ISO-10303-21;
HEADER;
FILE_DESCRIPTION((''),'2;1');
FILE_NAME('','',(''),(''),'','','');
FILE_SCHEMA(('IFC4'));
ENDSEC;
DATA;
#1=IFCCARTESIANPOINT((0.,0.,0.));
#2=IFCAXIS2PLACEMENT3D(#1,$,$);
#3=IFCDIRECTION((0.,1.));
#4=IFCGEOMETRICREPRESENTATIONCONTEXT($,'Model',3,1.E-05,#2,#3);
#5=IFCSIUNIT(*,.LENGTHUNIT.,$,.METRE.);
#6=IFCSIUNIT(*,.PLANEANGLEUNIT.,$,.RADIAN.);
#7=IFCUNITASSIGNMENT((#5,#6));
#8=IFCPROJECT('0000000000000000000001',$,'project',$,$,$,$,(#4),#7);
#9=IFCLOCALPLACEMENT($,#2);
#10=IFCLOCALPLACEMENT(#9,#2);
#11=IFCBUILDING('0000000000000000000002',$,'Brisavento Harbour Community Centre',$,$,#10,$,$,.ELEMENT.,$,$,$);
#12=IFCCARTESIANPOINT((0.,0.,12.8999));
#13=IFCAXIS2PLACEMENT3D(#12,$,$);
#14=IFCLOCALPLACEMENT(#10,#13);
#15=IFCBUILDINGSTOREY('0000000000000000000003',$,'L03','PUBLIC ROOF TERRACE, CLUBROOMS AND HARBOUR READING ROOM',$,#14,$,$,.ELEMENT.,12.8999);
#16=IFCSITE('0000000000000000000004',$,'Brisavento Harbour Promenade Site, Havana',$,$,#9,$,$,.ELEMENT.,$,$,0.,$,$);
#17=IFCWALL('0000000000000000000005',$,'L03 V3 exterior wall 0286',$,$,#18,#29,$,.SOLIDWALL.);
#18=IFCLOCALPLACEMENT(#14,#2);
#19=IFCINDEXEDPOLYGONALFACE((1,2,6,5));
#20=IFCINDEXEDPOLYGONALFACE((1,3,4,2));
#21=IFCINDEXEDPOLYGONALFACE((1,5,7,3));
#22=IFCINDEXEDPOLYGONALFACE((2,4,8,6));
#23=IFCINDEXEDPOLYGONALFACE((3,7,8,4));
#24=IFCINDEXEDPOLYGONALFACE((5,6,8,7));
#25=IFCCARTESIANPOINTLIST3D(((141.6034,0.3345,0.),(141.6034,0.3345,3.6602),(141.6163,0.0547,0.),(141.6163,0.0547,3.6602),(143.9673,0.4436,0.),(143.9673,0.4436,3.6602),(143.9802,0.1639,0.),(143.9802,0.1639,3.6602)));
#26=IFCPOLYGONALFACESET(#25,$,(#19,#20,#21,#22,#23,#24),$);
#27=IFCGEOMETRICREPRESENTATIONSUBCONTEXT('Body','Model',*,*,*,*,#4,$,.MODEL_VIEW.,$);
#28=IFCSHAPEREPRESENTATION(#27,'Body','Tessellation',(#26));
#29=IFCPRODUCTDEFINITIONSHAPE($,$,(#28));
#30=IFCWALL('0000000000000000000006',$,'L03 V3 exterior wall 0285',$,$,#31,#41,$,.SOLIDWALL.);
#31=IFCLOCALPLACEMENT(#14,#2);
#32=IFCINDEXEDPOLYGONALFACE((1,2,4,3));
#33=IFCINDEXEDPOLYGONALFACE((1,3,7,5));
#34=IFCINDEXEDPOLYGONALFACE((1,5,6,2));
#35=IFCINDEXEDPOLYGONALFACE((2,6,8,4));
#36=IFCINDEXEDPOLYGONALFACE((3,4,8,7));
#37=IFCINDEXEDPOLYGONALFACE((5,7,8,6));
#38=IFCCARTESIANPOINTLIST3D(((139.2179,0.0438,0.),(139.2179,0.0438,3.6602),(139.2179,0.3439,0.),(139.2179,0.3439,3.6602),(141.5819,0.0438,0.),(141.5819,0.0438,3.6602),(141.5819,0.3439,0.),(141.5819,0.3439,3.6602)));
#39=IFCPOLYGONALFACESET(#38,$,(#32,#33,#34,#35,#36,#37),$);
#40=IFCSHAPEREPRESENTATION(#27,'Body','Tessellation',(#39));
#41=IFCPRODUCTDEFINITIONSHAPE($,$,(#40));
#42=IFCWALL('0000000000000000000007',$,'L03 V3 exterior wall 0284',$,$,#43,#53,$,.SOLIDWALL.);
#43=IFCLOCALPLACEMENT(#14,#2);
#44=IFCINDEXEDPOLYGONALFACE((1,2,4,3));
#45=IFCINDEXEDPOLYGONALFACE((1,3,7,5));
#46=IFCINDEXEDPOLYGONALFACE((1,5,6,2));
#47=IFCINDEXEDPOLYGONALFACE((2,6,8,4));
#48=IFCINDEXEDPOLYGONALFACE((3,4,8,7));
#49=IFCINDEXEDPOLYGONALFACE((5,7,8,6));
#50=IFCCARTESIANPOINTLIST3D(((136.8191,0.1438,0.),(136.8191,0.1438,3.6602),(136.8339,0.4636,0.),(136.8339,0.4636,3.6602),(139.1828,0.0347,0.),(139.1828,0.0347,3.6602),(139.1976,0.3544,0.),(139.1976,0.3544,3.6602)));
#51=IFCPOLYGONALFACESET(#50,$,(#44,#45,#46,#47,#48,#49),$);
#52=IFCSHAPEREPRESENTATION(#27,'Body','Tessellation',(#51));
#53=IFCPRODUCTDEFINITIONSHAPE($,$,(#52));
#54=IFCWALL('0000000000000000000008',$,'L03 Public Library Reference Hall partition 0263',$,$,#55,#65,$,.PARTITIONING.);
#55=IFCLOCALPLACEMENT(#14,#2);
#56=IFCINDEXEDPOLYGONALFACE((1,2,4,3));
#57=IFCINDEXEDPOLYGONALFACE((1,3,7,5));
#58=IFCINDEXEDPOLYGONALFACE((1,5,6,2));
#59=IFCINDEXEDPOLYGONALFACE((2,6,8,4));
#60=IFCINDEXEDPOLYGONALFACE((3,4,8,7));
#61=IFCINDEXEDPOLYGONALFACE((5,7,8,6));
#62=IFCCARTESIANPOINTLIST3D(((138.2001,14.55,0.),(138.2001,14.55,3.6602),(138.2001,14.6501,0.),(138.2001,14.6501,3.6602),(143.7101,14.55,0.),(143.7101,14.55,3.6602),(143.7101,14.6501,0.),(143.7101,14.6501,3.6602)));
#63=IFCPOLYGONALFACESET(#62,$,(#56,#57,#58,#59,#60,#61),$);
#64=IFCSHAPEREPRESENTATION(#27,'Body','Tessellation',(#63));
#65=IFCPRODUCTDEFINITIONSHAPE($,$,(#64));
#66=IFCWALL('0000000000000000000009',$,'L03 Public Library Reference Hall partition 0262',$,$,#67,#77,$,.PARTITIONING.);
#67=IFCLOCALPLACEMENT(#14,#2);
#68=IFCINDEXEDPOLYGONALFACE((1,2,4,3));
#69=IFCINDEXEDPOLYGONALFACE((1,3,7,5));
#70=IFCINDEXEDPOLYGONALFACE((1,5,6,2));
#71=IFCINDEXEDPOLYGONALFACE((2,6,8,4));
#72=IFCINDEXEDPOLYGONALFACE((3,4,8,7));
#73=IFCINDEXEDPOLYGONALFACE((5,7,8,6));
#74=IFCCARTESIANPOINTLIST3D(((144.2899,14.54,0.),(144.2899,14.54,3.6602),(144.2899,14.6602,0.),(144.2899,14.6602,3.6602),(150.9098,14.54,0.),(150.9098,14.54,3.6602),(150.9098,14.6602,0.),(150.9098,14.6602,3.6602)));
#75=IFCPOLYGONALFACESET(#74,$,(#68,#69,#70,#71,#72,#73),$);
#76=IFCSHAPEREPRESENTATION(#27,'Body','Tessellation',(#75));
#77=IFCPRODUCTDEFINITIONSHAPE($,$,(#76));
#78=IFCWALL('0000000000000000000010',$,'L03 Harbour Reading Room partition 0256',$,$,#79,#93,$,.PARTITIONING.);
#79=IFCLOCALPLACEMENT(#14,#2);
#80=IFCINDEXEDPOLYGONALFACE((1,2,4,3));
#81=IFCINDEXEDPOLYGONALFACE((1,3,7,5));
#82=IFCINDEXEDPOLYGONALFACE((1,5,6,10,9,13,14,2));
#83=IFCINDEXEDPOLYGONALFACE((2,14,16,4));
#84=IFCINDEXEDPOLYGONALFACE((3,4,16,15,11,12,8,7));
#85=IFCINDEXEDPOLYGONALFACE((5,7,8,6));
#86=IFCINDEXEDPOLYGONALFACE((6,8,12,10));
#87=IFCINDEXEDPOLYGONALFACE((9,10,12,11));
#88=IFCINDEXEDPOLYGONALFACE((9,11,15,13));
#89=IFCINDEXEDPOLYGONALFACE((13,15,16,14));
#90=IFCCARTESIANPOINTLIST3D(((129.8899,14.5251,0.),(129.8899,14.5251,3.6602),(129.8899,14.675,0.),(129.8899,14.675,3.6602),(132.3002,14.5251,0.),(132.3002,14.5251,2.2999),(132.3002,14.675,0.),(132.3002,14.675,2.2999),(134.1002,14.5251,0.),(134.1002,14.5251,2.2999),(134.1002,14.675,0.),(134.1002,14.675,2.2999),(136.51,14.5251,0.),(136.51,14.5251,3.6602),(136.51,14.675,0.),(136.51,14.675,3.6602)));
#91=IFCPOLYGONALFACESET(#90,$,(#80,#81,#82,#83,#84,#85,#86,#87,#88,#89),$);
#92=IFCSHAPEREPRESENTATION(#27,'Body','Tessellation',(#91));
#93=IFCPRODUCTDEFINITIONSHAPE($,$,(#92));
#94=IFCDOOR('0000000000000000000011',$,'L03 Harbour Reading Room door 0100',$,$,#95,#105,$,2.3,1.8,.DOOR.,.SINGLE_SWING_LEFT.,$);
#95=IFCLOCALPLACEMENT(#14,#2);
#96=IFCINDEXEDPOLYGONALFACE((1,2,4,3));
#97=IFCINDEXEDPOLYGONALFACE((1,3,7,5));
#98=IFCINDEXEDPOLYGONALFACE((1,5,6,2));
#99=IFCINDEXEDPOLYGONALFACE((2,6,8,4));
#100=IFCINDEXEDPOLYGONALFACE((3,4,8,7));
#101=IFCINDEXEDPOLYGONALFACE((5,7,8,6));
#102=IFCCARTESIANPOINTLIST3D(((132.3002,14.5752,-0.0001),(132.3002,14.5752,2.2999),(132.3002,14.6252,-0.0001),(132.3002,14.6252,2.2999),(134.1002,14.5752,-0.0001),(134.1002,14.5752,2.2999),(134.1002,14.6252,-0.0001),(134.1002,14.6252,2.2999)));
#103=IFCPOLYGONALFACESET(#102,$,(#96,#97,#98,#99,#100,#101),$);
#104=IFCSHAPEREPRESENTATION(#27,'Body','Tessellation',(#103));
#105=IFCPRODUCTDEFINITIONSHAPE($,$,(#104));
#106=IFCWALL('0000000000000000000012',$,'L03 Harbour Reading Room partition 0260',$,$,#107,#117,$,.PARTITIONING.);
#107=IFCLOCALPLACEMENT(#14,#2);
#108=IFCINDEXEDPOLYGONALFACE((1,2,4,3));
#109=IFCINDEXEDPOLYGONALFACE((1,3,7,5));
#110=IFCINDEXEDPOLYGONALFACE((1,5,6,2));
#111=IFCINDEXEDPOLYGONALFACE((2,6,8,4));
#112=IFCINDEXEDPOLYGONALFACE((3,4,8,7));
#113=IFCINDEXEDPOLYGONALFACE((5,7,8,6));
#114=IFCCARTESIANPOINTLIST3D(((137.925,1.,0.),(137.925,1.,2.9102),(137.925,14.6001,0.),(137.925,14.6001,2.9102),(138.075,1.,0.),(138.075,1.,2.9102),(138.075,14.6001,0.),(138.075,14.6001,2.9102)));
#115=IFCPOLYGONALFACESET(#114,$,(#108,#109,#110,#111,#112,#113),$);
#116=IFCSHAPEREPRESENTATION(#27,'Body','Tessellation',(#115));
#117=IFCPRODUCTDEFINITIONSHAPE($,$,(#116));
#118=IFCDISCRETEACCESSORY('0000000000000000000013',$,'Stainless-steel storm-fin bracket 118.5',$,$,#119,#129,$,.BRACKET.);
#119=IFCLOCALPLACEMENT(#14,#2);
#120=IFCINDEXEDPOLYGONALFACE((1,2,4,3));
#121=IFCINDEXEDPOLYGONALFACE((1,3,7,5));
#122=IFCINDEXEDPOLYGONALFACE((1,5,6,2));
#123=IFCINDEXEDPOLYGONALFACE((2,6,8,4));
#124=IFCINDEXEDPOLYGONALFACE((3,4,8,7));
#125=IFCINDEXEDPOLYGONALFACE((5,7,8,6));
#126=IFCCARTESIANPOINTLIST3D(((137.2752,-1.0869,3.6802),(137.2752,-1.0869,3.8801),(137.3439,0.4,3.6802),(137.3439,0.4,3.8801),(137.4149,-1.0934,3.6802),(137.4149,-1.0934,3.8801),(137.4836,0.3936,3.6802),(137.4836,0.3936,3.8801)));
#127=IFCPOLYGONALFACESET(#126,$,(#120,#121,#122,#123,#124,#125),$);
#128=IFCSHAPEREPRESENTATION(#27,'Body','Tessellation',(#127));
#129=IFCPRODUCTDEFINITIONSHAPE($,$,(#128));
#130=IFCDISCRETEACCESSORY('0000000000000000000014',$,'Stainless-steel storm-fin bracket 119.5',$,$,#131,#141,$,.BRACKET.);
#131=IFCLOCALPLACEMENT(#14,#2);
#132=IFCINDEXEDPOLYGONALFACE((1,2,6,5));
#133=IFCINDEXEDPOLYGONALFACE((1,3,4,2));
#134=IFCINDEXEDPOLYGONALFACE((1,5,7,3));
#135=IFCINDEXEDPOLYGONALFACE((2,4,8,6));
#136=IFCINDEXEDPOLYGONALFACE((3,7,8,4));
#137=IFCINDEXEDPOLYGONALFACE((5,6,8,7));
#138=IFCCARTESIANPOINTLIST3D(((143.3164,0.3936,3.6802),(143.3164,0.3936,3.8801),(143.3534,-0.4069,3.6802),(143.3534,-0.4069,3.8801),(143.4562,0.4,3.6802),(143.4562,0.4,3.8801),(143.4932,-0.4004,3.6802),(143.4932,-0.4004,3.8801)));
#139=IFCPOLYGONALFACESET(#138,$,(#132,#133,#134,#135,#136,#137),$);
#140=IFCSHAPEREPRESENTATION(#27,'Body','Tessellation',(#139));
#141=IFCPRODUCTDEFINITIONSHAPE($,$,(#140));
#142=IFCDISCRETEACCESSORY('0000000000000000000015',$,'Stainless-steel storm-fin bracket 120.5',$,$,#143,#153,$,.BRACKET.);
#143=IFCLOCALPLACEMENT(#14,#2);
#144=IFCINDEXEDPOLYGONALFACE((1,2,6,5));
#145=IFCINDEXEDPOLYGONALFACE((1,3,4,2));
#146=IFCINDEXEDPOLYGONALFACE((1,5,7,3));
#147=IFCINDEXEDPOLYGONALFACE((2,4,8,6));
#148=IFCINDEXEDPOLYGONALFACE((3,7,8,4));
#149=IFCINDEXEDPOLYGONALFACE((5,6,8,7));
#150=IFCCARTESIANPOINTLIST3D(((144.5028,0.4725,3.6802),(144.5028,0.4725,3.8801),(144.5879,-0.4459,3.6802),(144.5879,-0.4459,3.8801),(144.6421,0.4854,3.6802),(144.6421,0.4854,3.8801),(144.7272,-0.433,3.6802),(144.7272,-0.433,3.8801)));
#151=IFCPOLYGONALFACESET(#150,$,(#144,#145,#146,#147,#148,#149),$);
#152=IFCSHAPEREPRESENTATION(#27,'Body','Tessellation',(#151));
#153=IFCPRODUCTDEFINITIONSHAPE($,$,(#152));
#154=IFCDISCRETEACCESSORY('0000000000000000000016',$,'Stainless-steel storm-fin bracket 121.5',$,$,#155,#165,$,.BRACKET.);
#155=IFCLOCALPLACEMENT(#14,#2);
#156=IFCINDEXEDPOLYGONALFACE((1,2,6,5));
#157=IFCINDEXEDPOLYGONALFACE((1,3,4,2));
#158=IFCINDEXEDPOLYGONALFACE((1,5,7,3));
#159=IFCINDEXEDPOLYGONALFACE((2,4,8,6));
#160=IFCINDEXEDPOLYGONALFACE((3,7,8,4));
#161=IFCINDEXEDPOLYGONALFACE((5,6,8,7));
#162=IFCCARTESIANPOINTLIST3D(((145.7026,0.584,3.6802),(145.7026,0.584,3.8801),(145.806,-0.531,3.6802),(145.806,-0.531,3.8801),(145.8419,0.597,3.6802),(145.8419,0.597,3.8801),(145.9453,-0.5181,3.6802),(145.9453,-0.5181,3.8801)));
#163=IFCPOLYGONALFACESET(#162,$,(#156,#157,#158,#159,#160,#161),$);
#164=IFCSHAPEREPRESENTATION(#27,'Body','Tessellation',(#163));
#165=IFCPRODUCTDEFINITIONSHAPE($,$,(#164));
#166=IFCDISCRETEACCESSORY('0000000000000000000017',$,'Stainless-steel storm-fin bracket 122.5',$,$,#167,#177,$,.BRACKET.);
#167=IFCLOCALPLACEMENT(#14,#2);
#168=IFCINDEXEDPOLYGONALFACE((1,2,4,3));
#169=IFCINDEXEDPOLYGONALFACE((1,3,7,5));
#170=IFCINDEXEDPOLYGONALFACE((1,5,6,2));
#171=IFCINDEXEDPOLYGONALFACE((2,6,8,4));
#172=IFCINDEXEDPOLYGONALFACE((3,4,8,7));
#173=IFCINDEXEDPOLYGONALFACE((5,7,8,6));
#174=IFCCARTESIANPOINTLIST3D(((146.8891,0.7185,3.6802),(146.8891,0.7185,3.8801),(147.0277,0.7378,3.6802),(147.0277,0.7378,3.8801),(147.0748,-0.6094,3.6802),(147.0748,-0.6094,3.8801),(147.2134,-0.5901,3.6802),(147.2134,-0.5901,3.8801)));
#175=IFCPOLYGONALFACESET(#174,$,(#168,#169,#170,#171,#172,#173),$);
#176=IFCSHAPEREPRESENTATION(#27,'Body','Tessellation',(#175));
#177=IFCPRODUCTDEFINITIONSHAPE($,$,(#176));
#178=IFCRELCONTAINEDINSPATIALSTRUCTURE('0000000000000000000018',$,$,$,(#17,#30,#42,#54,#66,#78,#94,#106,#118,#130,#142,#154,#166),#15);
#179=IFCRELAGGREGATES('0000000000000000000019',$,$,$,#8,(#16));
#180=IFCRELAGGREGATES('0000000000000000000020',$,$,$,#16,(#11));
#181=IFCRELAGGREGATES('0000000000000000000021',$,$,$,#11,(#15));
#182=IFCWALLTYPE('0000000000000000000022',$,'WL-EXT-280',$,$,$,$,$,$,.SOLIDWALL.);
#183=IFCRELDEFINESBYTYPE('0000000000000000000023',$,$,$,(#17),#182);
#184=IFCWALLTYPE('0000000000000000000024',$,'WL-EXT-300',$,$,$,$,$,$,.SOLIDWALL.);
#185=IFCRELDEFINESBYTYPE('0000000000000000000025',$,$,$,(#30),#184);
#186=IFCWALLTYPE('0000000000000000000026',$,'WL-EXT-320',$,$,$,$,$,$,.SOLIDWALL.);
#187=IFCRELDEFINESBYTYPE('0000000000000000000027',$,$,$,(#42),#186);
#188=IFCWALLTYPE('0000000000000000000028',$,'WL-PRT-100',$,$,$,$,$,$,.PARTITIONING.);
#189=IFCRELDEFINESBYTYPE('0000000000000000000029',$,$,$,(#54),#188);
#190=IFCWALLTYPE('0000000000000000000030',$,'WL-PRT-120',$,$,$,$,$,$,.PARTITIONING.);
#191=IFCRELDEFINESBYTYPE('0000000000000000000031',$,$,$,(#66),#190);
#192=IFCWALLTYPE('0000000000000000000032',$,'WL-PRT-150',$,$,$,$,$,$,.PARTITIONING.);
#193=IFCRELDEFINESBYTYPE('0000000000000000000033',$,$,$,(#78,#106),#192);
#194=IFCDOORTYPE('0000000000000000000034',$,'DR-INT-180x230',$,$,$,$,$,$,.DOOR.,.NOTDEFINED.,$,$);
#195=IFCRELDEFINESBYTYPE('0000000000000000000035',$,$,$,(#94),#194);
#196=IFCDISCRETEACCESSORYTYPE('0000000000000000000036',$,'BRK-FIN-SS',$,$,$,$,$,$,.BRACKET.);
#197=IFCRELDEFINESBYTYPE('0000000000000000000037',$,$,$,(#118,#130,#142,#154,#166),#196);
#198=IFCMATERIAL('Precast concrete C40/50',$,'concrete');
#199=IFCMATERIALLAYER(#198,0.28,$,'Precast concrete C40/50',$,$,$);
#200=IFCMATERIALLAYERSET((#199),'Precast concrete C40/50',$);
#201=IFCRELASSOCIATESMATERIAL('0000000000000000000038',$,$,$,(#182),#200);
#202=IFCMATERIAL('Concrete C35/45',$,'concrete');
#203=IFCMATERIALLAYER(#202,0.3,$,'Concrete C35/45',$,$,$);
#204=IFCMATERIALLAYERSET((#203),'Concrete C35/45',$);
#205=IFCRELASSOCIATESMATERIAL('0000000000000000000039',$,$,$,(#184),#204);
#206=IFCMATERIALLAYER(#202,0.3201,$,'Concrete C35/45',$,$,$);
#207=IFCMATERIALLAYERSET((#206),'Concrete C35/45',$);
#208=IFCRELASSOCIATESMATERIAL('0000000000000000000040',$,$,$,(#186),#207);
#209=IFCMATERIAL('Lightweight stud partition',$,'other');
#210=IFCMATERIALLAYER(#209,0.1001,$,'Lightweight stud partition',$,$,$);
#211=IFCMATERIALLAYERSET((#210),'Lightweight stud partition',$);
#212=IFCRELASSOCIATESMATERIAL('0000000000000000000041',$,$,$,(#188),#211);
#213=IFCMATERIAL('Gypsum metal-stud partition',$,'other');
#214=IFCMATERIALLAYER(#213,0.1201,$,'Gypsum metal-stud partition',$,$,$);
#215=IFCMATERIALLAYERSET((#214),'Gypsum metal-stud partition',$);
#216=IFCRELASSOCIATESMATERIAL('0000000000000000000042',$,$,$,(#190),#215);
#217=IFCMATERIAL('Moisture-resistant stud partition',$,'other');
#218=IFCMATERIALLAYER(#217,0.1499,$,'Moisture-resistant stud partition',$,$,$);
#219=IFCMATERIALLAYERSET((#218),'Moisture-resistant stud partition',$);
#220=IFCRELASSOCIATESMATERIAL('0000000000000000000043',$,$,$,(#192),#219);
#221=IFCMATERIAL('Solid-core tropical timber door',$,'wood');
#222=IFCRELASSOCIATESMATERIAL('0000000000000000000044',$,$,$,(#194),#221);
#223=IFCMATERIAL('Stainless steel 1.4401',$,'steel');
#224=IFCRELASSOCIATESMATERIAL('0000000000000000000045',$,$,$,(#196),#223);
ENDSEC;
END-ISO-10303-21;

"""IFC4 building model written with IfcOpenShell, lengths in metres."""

from ifc_helpers import new_model, si_unit, direction, frame, frame_2d, origin, origin_2d, place, context, subcontext, project, spatial, rectangle, extrude, material, layer, layer_set, type_object, element, fill, save


model = new_model("IFC4")

# Units and contexts
model_context = context("Model", 3, precision=1e-05, world=origin(), true_north=direction((0.0, 1.0)))
body_context = subcontext(model_context, "Body", "Model", "MODEL_VIEW")
ifc_project = project(units=[si_unit("LENGTHUNIT", "METRE"), si_unit("PLANEANGLEUNIT", "RADIAN")], contexts=[model_context])

# Site, building, storey
site_placement = place(None, origin())
site = spatial("IfcSite", under=ifc_project, at=site_placement, Name="Brisavento Harbour Promenade Site, Havana", CompositionType="ELEMENT", RefElevation=0.0)
building_placement = place(site_placement, origin())
building = spatial("IfcBuilding", under=site, at=building_placement, Name="Brisavento Harbour Community Centre", CompositionType="ELEMENT")
storey_placement = place(building_placement, frame((0.0, 0.0, 12.8999)))
storey = spatial("IfcBuildingStorey", under=building, at=storey_placement, Name="L03", Description="PUBLIC ROOF TERRACE, CLUBROOMS AND HARBOUR READING ROOM", CompositionType="ELEMENT", Elevation=12.8999)

# Shared definitions
ifc_material_1 = material(Name="Concrete C35/45", Category="concrete")

# Walls
ifc_material_2 = material(Name="Precast concrete C40/50", Category="concrete")
ifc_layer_1 = layer(ifc_material_2, 0.28, Name="Precast concrete C40/50")
ifc_layer_set_1 = layer_set([ifc_layer_1], Name="Precast concrete C40/50")
wall_type_1 = type_object("IfcWallType", Name="WL-EXT-280", PredefinedType="SOLIDWALL", material=ifc_layer_set_1)
wall_1_placement = place(storey_placement, frame((143.9736, 0.3037, 0.0), z_axis=(0.0, 0.0, 1.0), x_axis=(-0.998936, -0.046114, 0.0)))
element("IfcWall", 1, at=wall_1_placement, inside=storey, type_object=wall_type_1, Name="L03 V3 exterior wall 0286", PredefinedType="SOLIDWALL", context=body_context, shape_type="SweptSolid", body=[
    extrude(rectangle(XDim=2.3665, YDim=0.28, at=frame_2d((1.1831, 0.0))), origin(), (0.0, 0.0, 1.0), 3.6602),
])
ifc_layer_2 = layer(ifc_material_1, 0.3, Name="Concrete C35/45")
ifc_layer_set_2 = layer_set([ifc_layer_2], Name="Concrete C35/45")
wall_type_2 = type_object("IfcWallType", Name="WL-EXT-300", PredefinedType="SOLIDWALL", material=ifc_layer_set_2)
wall_2_placement = place(storey_placement, frame((141.582, 0.1938, 0.0), z_axis=(0.0, 0.0, 1.0), x_axis=(-1.0, 0.0, 0.0)))
element("IfcWall", 2, at=wall_2_placement, inside=storey, type_object=wall_type_2, Name="L03 V3 exterior wall 0285", PredefinedType="SOLIDWALL", context=body_context, shape_type="SweptSolid", body=[
    extrude(rectangle(XDim=2.364, YDim=0.3, at=frame_2d((1.1821, 0.0))), origin(), (0.0, 0.0, 1.0), 3.6602),
])
ifc_layer_3 = layer(ifc_material_1, 0.3201, Name="Concrete C35/45")
ifc_layer_set_3 = layer_set([ifc_layer_3], Name="Concrete C35/45")
wall_type_3 = type_object("IfcWallType", Name="WL-EXT-320", PredefinedType="SOLIDWALL", material=ifc_layer_set_3)
wall_3_placement = place(storey_placement, frame((139.1902, 0.1946, 0.0), z_axis=(0.0, 0.0, 1.0), x_axis=(-0.998936, 0.046119, 0.0)))
element("IfcWall", 3, at=wall_3_placement, inside=storey, type_object=wall_type_3, Name="L03 V3 exterior wall 0284", PredefinedType="SOLIDWALL", context=body_context, shape_type="SweptSolid", body=[
    extrude(rectangle(XDim=2.3662, YDim=0.3201, at=frame_2d((1.1831, 0.0))), origin(), (0.0, 0.0, 1.0), 3.6602),
])
ifc_material_3 = material(Name="Lightweight stud partition", Category="other")
ifc_layer_4 = layer(ifc_material_3, 0.1001, Name="Lightweight stud partition")
ifc_layer_set_4 = layer_set([ifc_layer_4], Name="Lightweight stud partition")
wall_type_4 = type_object("IfcWallType", Name="WL-PRT-100", PredefinedType="PARTITIONING", material=ifc_layer_set_4)
wall_4_placement = place(storey_placement, frame((143.71, 14.6001, 0.0), z_axis=(0.0, 0.0, 1.0), x_axis=(-1.0, 0.0, 0.0)))
element("IfcWall", 4, at=wall_4_placement, inside=storey, type_object=wall_type_4, Name="L03 Public Library Reference Hall partition 0263", PredefinedType="PARTITIONING", context=body_context, shape_type="SweptSolid", body=[
    extrude(rectangle(XDim=5.51, YDim=0.1001, at=frame_2d((2.7549, 0.0))), origin(), (0.0, 0.0, 1.0), 3.6602),
])
ifc_material_4 = material(Name="Gypsum metal-stud partition", Category="other")
ifc_layer_5 = layer(ifc_material_4, 0.1201, Name="Gypsum metal-stud partition")
ifc_layer_set_5 = layer_set([ifc_layer_5], Name="Gypsum metal-stud partition")
wall_type_5 = type_object("IfcWallType", Name="WL-PRT-120", PredefinedType="PARTITIONING", material=ifc_layer_set_5)
wall_5_placement = place(storey_placement, frame((150.9099, 14.6001, 0.0), z_axis=(0.0, 0.0, 1.0), x_axis=(-1.0, 0.0, 0.0)))
element("IfcWall", 5, at=wall_5_placement, inside=storey, type_object=wall_type_5, Name="L03 Public Library Reference Hall partition 0262", PredefinedType="PARTITIONING", context=body_context, shape_type="SweptSolid", body=[
    extrude(rectangle(XDim=6.6199, YDim=0.1201, at=frame_2d((3.3101, 0.0))), origin(), (0.0, 0.0, 1.0), 3.6602),
])

# Wall, opening, door
ifc_material_5 = material(Name="Moisture-resistant stud partition", Category="other")
ifc_layer_6 = layer(ifc_material_5, 0.1499, Name="Moisture-resistant stud partition")
ifc_layer_set_6 = layer_set([ifc_layer_6], Name="Moisture-resistant stud partition")
wall_type_6 = type_object("IfcWallType", Name="WL-PRT-150", PredefinedType="PARTITIONING", material=ifc_layer_set_6)
wall_6_placement = place(storey_placement, frame((136.51, 14.6001, 0.0), z_axis=(0.0, 0.0, 1.0), x_axis=(-1.0, 0.0, 0.0)))
wall_6 = element("IfcWall", 6, at=wall_6_placement, inside=storey, type_object=wall_type_6, Name="L03 Harbour Reading Room partition 0256", PredefinedType="PARTITIONING", context=body_context, shape_type="SweptSolid", body=[
    extrude(rectangle(XDim=6.6201, YDim=0.1499, at=frame_2d((3.3101, 0.0))), origin(), (0.0, 0.0, 1.0), 3.6602),
])
opening_placement = place(wall_6_placement, frame((2.4099, 0.0, 0.0)))
opening = element("IfcOpeningElement", 7, at=opening_placement, cuts=wall_6, PredefinedType="OPENING", context=body_context, shape_type="SweptSolid", body=[
    extrude(rectangle(XDim=1.8, YDim=2.3, at=frame_2d((0.8999, 1.1499))), frame((0.0, 0.085, 0.0), z_axis=(0.0, -1.0, 0.0), x_axis=(1.0, 0.0, 0.0)), (0.0, 0.0, 1.0), 0.1699),
])
ifc_material_6 = material(Name="Solid-core tropical timber door", Category="wood")
door_type = type_object("IfcDoorType", Name="DR-INT-180x230", OperationType="NOTDEFINED", PredefinedType="DOOR", material=ifc_material_6)
door_placement = place(opening_placement, origin())
door = element("IfcDoor", 8, at=door_placement, inside=storey, type_object=door_type, Name="L03 Harbour Reading Room door 0100", OperationType="SINGLE_SWING_LEFT", OverallHeight=2.3, OverallWidth=1.8, PredefinedType="DOOR", context=body_context, shape_type="SweptSolid", body=[
    extrude(rectangle(XDim=1.8, YDim=2.3, at=frame_2d((0.8999, 1.1499))), frame((0.0, 0.0249, 0.0), z_axis=(0.0, -1.0, 0.0), x_axis=(1.0, 0.0, 0.0)), (0.0, 0.0, 1.0), 0.05),
])
fill(opening, door)

# Wall
wall_7_placement = place(storey_placement, frame((138.0, 1.0, 0.0), z_axis=(0.0, 0.0, 1.0), x_axis=(0.0, 1.0, 0.0)))
element("IfcWall", 9, at=wall_7_placement, inside=storey, type_object=wall_type_6, Name="L03 Harbour Reading Room partition 0260", PredefinedType="PARTITIONING", context=body_context, shape_type="SweptSolid", body=[
    extrude(rectangle(XDim=13.6001, YDim=0.1499, at=frame_2d((6.8, 0.0))), origin(), (0.0, 0.0, 1.0), 2.9102),
])

# Discrete accessories
ifc_material_7 = material(Name="Stainless steel 1.4401", Category="steel")
discrete_accessory_type = type_object("IfcDiscreteAccessoryType", Name="BRK-FIN-SS", PredefinedType="BRACKET", material=ifc_material_7)
discrete_accessory_1_placement = place(storey_placement, frame((137.3794, -0.3467, 3.6802), z_axis=(0.0, 0.0, 1.0), x_axis=(-0.046165, -0.998934, 0.0)))
element("IfcDiscreteAccessory", 10, at=discrete_accessory_1_placement, inside=storey, type_object=discrete_accessory_type, Name="Stainless-steel storm-fin bracket 118.5", PredefinedType="BRACKET", context=body_context, shape_type="SweptSolid", body=[
    extrude(rectangle(XDim=1.4885, YDim=0.1399, at=origin_2d()), origin(), (0.0, 0.0, 1.0), 0.2),
])
discrete_accessory_2_placement = place(storey_placement, frame((143.4048, -0.0034, 3.6802), z_axis=(0.0, 0.0, 1.0), x_axis=(0.046165, -0.998934, 0.0)))
element("IfcDiscreteAccessory", 11, at=discrete_accessory_2_placement, inside=storey, type_object=discrete_accessory_type, Name="Stainless-steel storm-fin bracket 119.5", PredefinedType="BRACKET", context=body_context, shape_type="SweptSolid", body=[
    extrude(rectangle(XDim=0.8013, YDim=0.1399, at=origin_2d()), origin(), (0.0, 0.0, 1.0), 0.2),
])
discrete_accessory_3_placement = place(storey_placement, frame((144.615, 0.0198, 3.6802), z_axis=(0.0, 0.0, 1.0), x_axis=(0.092336, -0.995728, 0.0)))
element("IfcDiscreteAccessory", 12, at=discrete_accessory_3_placement, inside=storey, type_object=discrete_accessory_type, Name="Stainless-steel storm-fin bracket 120.5", PredefinedType="BRACKET", context=body_context, shape_type="SweptSolid", body=[
    extrude(rectangle(XDim=0.9224, YDim=0.1399, at=origin_2d()), origin(), (0.0, 0.0, 1.0), 0.2),
])
discrete_accessory_4_placement = place(storey_placement, frame((145.824, 0.033, 3.6802), z_axis=(0.0, 0.0, 1.0), x_axis=(0.092336, -0.995728, 0.0)))
element("IfcDiscreteAccessory", 13, at=discrete_accessory_4_placement, inside=storey, type_object=discrete_accessory_type, Name="Stainless-steel storm-fin bracket 121.5", PredefinedType="BRACKET", context=body_context, shape_type="SweptSolid", body=[
    extrude(rectangle(XDim=1.1199, YDim=0.1399, at=origin_2d()), origin(), (0.0, 0.0, 1.0), 0.2),
])
discrete_accessory_5_placement = place(storey_placement, frame((147.0513, 0.0642, 3.6802), z_axis=(0.0, 0.0, 1.0), x_axis=(0.138499, -0.990363, 0.0)))
element("IfcDiscreteAccessory", 14, at=discrete_accessory_5_placement, inside=storey, type_object=discrete_accessory_type, Name="Stainless-steel storm-fin bracket 122.5", PredefinedType="BRACKET", context=body_context, shape_type="SweptSolid", body=[
    extrude(rectangle(XDim=1.3408, YDim=0.1399, at=origin_2d()), origin(), (0.0, 0.0, 1.0), 0.2),
])

save(model, "model.ifc")
